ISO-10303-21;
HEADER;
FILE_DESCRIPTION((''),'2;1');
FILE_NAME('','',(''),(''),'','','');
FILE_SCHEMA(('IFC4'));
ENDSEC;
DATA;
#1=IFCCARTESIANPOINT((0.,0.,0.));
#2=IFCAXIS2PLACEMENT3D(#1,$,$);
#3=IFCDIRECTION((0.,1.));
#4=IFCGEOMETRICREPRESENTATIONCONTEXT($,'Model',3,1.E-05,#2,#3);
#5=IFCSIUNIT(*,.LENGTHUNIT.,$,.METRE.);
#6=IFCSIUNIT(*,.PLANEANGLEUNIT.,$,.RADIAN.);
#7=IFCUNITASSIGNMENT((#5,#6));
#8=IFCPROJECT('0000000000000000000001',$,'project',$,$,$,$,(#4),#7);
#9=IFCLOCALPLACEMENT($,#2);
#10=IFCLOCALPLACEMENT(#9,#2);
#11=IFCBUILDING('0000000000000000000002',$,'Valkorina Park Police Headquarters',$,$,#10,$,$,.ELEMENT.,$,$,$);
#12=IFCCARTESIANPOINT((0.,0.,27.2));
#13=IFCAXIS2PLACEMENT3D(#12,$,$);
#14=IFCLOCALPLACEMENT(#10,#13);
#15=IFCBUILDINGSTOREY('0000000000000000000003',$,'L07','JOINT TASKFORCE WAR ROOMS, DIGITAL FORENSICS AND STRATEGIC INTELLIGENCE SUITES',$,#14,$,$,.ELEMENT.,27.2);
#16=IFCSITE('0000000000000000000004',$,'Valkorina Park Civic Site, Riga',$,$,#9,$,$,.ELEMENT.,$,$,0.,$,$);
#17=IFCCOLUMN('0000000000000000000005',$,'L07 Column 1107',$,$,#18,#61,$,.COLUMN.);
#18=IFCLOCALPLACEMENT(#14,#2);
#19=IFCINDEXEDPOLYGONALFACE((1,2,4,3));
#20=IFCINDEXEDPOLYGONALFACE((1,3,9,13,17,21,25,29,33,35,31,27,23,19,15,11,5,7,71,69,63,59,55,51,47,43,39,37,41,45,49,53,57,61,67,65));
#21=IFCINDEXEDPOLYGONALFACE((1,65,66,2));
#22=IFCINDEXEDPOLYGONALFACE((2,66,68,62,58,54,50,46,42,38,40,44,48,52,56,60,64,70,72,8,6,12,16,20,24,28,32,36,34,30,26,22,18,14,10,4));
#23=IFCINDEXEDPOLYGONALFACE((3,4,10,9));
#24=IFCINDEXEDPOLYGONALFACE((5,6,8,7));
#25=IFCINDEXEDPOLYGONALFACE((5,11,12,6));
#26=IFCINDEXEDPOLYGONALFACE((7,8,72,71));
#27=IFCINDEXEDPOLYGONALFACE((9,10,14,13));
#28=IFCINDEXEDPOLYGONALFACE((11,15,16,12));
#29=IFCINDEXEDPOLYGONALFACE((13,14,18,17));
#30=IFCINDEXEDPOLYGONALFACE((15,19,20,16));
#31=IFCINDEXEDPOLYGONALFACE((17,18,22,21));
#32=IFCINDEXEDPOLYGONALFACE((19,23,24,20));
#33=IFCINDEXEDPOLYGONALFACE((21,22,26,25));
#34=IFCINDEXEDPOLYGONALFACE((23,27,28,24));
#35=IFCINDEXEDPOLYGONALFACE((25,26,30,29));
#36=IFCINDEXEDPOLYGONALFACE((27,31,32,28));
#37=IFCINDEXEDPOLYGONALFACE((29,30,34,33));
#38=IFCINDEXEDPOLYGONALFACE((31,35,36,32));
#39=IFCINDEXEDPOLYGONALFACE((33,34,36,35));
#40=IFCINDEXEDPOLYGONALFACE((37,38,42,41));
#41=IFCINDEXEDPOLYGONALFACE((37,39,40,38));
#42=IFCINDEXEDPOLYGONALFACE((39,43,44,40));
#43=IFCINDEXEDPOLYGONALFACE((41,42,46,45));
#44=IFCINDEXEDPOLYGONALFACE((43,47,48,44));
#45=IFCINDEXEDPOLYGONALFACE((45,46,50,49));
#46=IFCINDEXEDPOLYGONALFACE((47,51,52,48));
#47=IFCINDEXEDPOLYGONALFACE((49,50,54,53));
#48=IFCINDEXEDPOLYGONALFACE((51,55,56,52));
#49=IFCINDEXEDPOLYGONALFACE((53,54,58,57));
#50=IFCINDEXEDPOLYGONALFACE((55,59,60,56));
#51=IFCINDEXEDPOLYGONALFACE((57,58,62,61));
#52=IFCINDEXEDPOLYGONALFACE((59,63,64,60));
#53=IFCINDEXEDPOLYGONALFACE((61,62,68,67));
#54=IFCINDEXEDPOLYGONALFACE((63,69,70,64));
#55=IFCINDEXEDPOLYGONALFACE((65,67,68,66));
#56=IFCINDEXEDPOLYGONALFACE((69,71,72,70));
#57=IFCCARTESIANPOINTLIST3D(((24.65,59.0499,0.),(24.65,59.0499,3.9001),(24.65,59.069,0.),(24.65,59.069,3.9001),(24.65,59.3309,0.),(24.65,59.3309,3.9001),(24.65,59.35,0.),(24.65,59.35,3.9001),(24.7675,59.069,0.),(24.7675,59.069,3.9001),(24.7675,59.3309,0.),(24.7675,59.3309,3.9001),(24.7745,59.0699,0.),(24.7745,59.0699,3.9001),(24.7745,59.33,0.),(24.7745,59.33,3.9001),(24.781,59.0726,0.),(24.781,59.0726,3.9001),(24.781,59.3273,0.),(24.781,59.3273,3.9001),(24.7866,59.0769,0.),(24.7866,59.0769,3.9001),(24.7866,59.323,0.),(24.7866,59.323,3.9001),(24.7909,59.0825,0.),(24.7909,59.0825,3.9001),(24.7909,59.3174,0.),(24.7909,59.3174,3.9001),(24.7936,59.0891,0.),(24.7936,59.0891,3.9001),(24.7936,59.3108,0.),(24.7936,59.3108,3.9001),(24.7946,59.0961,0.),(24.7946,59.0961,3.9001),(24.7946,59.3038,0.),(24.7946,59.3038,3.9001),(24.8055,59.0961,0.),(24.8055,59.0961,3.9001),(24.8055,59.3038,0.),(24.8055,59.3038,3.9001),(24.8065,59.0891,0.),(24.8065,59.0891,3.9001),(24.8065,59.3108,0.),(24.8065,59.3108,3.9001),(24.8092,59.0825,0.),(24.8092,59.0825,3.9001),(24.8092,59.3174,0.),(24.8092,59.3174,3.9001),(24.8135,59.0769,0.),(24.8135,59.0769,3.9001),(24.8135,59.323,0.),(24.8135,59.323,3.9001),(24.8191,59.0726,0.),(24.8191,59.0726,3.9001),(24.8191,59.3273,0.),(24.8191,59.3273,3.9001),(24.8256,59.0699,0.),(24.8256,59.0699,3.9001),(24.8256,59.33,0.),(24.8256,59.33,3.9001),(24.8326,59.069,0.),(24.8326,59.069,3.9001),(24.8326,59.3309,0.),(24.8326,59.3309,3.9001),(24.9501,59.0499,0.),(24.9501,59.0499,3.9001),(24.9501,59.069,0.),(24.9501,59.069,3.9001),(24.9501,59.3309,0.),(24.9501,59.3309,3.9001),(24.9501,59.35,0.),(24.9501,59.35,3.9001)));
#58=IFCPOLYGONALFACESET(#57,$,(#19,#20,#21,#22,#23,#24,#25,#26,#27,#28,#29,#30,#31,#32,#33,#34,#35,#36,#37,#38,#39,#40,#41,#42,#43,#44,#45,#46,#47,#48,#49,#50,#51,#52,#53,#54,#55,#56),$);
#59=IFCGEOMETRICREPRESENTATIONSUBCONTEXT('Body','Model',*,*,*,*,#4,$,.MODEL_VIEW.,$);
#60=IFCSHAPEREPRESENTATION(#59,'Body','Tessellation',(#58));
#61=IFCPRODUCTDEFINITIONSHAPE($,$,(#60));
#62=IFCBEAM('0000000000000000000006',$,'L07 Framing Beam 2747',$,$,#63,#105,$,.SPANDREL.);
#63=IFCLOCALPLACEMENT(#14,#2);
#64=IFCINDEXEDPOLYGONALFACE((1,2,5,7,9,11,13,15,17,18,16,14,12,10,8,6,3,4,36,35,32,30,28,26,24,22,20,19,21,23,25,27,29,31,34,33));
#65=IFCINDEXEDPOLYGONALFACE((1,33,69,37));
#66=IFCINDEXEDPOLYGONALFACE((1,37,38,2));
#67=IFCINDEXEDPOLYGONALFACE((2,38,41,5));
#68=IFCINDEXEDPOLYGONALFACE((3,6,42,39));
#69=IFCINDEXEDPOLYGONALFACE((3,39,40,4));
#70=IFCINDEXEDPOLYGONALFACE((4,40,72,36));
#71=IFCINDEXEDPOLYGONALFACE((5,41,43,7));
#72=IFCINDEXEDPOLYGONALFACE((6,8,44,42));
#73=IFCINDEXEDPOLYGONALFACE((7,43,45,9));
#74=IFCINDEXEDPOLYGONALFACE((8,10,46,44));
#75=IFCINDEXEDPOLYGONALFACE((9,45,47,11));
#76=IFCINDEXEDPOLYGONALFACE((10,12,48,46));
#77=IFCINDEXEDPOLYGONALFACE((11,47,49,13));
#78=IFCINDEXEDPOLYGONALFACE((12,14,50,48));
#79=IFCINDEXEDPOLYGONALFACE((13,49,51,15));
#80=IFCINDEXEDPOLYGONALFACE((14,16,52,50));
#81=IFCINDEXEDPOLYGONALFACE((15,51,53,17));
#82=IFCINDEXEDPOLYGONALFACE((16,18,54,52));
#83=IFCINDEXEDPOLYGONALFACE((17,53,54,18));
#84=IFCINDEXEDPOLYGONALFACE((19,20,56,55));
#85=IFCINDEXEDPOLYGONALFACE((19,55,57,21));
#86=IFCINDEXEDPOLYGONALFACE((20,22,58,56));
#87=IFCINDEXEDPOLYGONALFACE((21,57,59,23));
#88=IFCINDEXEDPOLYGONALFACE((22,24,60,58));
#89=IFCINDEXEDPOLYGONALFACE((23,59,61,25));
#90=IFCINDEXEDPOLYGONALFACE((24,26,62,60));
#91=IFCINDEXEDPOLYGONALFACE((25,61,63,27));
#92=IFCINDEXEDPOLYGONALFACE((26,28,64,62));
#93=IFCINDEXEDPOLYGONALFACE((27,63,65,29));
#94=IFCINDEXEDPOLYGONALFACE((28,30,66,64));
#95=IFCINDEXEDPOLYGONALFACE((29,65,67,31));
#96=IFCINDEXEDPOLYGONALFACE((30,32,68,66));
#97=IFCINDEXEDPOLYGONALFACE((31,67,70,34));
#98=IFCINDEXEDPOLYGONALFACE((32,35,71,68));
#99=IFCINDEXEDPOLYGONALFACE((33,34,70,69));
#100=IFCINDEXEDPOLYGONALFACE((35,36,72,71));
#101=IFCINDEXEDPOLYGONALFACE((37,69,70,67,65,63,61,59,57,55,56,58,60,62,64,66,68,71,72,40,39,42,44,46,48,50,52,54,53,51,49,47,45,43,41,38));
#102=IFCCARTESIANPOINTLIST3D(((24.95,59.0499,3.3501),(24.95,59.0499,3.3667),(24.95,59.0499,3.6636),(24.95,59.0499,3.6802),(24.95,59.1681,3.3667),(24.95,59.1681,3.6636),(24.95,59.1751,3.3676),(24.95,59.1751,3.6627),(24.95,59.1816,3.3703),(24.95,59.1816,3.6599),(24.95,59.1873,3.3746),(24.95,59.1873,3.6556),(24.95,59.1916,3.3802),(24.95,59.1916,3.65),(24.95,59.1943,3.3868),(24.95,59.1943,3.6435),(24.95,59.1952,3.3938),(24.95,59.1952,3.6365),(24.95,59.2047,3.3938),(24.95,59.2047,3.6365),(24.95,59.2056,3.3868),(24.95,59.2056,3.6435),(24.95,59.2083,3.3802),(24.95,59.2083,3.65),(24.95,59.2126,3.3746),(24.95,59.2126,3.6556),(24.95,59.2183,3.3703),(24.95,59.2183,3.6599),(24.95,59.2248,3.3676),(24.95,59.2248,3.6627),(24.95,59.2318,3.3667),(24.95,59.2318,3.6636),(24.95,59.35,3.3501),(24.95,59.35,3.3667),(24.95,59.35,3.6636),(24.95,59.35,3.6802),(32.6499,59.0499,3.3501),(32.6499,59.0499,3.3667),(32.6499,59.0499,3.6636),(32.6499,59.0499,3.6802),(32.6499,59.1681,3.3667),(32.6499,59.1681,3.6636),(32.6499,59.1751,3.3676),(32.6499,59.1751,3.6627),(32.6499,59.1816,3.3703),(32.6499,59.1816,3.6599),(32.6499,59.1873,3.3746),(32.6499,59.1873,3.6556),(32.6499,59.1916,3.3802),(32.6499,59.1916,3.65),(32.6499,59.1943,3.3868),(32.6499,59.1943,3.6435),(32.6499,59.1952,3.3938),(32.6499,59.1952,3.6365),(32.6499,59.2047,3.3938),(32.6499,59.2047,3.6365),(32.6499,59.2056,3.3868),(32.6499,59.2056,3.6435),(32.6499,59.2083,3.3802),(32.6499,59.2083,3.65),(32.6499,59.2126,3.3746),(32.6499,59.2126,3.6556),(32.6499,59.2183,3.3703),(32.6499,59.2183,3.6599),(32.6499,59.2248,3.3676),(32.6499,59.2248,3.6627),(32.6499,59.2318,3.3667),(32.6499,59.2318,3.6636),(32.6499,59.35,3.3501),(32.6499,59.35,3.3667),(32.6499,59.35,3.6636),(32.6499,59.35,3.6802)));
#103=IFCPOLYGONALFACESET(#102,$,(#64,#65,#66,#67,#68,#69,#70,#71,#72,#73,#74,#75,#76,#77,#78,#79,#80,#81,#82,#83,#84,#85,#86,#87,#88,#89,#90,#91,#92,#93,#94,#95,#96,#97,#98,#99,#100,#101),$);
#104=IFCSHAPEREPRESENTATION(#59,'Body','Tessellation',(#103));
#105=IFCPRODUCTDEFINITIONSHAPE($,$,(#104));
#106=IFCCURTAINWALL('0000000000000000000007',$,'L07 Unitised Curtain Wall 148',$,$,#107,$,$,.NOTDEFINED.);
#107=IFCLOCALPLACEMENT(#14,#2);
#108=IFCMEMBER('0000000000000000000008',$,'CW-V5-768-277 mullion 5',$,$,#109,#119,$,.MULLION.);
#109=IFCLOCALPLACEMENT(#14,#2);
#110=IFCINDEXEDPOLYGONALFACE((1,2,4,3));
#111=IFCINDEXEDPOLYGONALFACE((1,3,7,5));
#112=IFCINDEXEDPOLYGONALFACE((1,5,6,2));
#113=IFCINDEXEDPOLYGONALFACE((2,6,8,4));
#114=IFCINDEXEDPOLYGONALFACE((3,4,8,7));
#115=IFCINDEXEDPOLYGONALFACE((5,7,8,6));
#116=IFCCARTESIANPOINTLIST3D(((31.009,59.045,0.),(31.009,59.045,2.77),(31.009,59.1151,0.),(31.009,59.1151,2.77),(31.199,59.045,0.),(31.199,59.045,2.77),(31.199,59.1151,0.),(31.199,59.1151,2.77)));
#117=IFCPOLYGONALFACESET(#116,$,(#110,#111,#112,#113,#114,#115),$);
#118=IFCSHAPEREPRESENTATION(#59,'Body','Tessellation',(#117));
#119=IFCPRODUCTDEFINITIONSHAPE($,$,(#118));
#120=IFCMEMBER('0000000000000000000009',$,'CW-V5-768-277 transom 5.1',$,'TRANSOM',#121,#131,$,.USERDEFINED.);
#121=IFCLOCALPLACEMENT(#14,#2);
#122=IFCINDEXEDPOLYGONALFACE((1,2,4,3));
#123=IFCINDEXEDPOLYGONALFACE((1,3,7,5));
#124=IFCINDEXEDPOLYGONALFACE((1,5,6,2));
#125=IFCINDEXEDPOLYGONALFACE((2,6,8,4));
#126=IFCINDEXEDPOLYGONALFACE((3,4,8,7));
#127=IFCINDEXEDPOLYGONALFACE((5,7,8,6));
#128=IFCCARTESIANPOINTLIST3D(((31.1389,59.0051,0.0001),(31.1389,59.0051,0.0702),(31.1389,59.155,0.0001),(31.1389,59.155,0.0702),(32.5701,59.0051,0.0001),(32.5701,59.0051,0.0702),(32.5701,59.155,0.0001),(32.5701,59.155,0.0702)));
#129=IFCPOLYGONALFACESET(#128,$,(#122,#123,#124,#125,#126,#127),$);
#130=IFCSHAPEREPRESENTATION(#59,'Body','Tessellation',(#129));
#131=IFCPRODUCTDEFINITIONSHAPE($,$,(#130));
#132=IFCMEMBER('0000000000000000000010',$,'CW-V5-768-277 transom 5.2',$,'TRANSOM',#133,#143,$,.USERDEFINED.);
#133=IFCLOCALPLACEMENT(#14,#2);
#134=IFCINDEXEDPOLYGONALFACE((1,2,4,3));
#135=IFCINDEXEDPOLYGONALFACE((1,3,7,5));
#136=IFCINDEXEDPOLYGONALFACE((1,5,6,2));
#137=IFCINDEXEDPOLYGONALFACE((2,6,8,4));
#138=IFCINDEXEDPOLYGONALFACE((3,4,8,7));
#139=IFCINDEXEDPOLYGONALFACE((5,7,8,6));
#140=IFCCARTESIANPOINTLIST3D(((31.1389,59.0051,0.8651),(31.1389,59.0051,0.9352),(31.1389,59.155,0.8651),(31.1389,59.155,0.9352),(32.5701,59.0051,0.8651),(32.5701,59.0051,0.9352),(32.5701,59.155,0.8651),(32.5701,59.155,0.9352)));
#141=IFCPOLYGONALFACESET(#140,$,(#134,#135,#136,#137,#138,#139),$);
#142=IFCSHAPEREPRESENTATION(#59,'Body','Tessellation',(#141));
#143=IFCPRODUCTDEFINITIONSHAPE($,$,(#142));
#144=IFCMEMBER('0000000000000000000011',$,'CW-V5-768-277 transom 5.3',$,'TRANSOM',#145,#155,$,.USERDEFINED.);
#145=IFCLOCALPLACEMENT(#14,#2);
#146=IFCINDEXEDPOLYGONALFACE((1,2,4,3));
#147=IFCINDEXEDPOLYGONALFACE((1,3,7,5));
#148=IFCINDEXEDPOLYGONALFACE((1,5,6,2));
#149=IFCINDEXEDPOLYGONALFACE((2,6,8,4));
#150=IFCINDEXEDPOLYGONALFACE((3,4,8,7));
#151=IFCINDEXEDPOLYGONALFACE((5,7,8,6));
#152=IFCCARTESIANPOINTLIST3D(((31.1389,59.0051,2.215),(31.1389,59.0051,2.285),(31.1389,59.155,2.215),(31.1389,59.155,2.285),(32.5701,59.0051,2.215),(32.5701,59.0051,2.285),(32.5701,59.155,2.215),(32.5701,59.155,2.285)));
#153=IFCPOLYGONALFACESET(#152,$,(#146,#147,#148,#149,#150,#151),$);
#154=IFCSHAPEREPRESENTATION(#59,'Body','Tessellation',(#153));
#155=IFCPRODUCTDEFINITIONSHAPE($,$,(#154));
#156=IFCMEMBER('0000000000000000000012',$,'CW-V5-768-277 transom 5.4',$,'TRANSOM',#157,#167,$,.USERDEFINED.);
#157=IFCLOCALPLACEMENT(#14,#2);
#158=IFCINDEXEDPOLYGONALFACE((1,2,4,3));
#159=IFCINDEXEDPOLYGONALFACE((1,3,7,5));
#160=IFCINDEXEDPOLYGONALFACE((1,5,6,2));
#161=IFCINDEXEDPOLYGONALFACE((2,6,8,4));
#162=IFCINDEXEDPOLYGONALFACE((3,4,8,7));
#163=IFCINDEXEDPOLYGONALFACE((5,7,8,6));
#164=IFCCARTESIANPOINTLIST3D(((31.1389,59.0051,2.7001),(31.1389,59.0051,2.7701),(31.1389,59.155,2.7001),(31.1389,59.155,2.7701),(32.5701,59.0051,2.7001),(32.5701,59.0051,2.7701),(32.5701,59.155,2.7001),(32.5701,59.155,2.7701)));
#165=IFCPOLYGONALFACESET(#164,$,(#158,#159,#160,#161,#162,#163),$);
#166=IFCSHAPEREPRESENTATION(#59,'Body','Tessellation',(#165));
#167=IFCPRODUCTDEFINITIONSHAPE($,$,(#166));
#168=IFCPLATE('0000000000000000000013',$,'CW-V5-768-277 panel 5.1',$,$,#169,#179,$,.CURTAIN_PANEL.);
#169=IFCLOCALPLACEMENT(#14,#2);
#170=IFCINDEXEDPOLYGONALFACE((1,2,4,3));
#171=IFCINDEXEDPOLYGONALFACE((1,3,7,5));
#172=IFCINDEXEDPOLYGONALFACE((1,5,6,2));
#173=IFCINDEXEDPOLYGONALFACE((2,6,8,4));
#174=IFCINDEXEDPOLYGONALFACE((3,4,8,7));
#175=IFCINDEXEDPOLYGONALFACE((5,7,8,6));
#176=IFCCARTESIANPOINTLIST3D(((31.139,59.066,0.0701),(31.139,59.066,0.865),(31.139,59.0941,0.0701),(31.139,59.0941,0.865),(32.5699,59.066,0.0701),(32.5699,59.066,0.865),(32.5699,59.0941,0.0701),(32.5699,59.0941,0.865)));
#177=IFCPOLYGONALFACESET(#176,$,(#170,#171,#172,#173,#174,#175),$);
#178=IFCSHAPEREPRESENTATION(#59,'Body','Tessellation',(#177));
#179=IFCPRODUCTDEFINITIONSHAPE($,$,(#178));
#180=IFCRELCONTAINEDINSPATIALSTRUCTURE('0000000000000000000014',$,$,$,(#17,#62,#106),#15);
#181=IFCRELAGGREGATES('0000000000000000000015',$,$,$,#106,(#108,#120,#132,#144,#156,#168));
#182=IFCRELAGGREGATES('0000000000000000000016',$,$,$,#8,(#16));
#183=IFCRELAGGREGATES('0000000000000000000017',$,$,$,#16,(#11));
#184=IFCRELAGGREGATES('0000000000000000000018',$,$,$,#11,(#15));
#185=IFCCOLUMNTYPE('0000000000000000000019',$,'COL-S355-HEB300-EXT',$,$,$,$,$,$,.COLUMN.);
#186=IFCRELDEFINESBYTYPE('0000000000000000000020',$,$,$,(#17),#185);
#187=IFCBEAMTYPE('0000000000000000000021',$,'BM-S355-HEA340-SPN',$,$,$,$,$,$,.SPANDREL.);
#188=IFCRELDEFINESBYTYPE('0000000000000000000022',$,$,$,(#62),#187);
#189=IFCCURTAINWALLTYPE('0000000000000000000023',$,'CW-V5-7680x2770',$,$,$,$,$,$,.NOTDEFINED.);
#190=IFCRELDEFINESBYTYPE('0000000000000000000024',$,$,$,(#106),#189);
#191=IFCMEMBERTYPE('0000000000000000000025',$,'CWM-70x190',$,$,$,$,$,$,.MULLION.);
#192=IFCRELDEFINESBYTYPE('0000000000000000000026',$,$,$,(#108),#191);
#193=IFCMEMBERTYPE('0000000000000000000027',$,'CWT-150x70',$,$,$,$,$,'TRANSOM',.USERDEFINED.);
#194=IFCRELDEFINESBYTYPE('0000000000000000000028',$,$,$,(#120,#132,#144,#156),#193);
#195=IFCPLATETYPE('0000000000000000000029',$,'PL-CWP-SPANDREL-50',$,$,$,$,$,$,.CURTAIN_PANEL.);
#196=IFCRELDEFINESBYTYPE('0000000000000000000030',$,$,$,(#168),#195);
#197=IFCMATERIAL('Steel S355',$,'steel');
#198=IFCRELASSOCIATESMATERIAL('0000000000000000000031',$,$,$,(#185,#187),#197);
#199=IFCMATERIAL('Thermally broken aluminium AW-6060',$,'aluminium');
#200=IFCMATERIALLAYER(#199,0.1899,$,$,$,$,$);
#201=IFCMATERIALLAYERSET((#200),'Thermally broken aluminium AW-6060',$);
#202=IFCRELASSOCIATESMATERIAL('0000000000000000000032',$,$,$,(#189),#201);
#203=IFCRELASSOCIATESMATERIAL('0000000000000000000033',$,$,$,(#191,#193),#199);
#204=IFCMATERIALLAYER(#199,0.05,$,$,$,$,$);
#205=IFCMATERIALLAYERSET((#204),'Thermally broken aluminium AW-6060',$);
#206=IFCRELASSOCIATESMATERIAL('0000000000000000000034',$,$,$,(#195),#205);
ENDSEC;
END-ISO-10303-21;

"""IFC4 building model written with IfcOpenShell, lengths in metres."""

from ifc_helpers import new_model, si_unit, direction, frame, origin, origin_2d, place, context, subcontext, project, spatial, rectangle, i_section, extrude, material, layer, layer_set, material_profile, profile_set, type_object, element, aggregate, save


model = new_model("IFC4")

# Units and contexts
model_context = context("Model", 3, precision=1e-05, world=origin(), true_north=direction((0.0, 1.0)))
body_context = subcontext(model_context, "Body", "Model", "MODEL_VIEW")
ifc_project = project(units=[si_unit("LENGTHUNIT", "METRE"), si_unit("PLANEANGLEUNIT", "RADIAN")], contexts=[model_context])

# Site, building, storey
site_placement = place(None, origin())
site = spatial("IfcSite", under=ifc_project, at=site_placement, Name="Valkorina Park Civic Site, Riga", CompositionType="ELEMENT", RefElevation=0.0)
building_placement = place(site_placement, origin())
building = spatial("IfcBuilding", under=site, at=building_placement, Name="Valkorina Park Police Headquarters", CompositionType="ELEMENT")
storey_placement = place(building_placement, frame((0.0, 0.0, 27.2)))
storey = spatial("IfcBuildingStorey", under=building, at=storey_placement, Name="L07", Description="JOINT TASKFORCE WAR ROOMS, DIGITAL FORENSICS AND STRATEGIC INTELLIGENCE SUITES", CompositionType="ELEMENT", Elevation=27.2)

# Column
ifc_material_1 = material(Name="Steel S355", Category="steel")
ifc_material_profile_1 = material_profile(ifc_material_1, i_section(OverallWidth=0.3, OverallDepth=0.3, WebThickness=0.011, FlangeThickness=0.019, FilletRadius=0.0271, at=origin_2d()), Name="HEB 300")
ifc_profile_set_1 = profile_set([ifc_material_profile_1], Name="Steel S355")
column_type = type_object("IfcColumnType", Name="COL-S355-HEB300-EXT", PredefinedType="COLUMN", material=ifc_profile_set_1)
column_placement = place(storey_placement, frame((24.8, 59.2, 0.0), z_axis=(0.0, 0.0, 1.0), x_axis=(1.0, 0.0, 0.0)))
element("IfcColumn", 1, at=column_placement, inside=storey, type_object=column_type, Name="L07 Column 1107", PredefinedType="COLUMN", context=body_context, shape_type="SweptSolid", body=[
    extrude(i_section(OverallWidth=0.3, OverallDepth=0.3, WebThickness=0.011, FlangeThickness=0.019, FilletRadius=0.0271, at=origin_2d()), origin(), (0.0, 0.0, 1.0), 3.9001),
])

# Beam
ifc_material_profile_2 = material_profile(ifc_material_1, i_section(OverallWidth=0.3, OverallDepth=0.3301, WebThickness=0.0095, FlangeThickness=0.0166, FilletRadius=0.0271, at=origin_2d()), Name="HEA 340")
ifc_profile_set_2 = profile_set([ifc_material_profile_2], Name="Steel S355")
beam_type = type_object("IfcBeamType", Name="BM-S355-HEA340-SPN", PredefinedType="SPANDREL", material=ifc_profile_set_2)
beam_placement = place(storey_placement, frame((24.95, 59.2, 3.5151), z_axis=(1.0, 0.0, 0.0), x_axis=(0.0, 1.0, 0.0)))
element("IfcBeam", 2, at=beam_placement, inside=storey, type_object=beam_type, Name="L07 Framing Beam 2747", PredefinedType="SPANDREL", context=body_context, shape_type="SweptSolid", body=[
    extrude(i_section(OverallWidth=0.3, OverallDepth=0.3301, WebThickness=0.0095, FlangeThickness=0.0166, FilletRadius=0.0271, at=origin_2d()), origin(), (0.0, 0.0, 1.0), 7.7),
])

# Curtain wall, members, plate
ifc_material_2 = material(Name="Thermally broken aluminium AW-6060", Category="aluminium")
ifc_layer_1 = layer(ifc_material_2, 0.1899)
ifc_layer_set_1 = layer_set([ifc_layer_1], Name="Thermally broken aluminium AW-6060")
curtain_wall_type = type_object("IfcCurtainWallType", Name="CW-V5-7680x2770", PredefinedType="NOTDEFINED", material=ifc_layer_set_1)
curtain_wall_placement = place(storey_placement, origin())
curtain_wall = element("IfcCurtainWall", 3, at=curtain_wall_placement, inside=storey, type_object=curtain_wall_type, Name="L07 Unitised Curtain Wall 148", PredefinedType="NOTDEFINED")
ifc_material_profile_3 = material_profile(ifc_material_2, rectangle(XDim=0.0701, YDim=0.1899, at=origin_2d()), Name="CWM-02 70x190")
ifc_profile_set_3 = profile_set([ifc_material_profile_3], Name="Thermally broken aluminium AW-6060")
member_type_1 = type_object("IfcMemberType", Name="CWM-70x190", PredefinedType="MULLION", material=ifc_profile_set_3)
member_1_placement = place(storey_placement, frame((31.104, 59.0801, 0.0), z_axis=(0.0, 0.0, 1.0), x_axis=(0.0, 1.0, 0.0)))
member_1 = element("IfcMember", 4, at=member_1_placement, type_object=member_type_1, Name="CW-V5-768-277 mullion 5", PredefinedType="MULLION", context=body_context, shape_type="SweptSolid", body=[
    extrude(rectangle(XDim=0.0701, YDim=0.1899, at=origin_2d()), origin(), (0.0, 0.0, 1.0), 2.77),
])
ifc_material_profile_4 = material_profile(ifc_material_2, rectangle(XDim=0.1499, YDim=0.0701, at=origin_2d()), Name="CWT-02 150x70")
ifc_profile_set_4 = profile_set([ifc_material_profile_4], Name="Thermally broken aluminium AW-6060")
member_type_2 = type_object("IfcMemberType", Name="CWT-150x70", ElementType="TRANSOM", PredefinedType="USERDEFINED", material=ifc_profile_set_4)
member_2_placement = place(storey_placement, frame((31.1389, 59.0801, 0.0352), z_axis=(1.0, 0.0, 0.0), x_axis=(0.0, 1.0, 0.0)))
member_2 = element("IfcMember", 5, at=member_2_placement, type_object=member_type_2, Name="CW-V5-768-277 transom 5.1", ObjectType="TRANSOM", PredefinedType="USERDEFINED", context=body_context, shape_type="SweptSolid", body=[
    extrude(rectangle(XDim=0.1499, YDim=0.0701, at=origin_2d()), origin(), (0.0, 0.0, 1.0), 1.4312),
])
member_3_placement = place(storey_placement, frame((31.1389, 59.0801, 0.9001), z_axis=(1.0, 0.0, 0.0), x_axis=(0.0, 1.0, 0.0)))
member_3 = element("IfcMember", 6, at=member_3_placement, type_object=member_type_2, Name="CW-V5-768-277 transom 5.2", ObjectType="TRANSOM", PredefinedType="USERDEFINED", context=body_context, shape_type="SweptSolid", body=[
    extrude(rectangle(XDim=0.1499, YDim=0.0701, at=origin_2d()), origin(), (0.0, 0.0, 1.0), 1.4312),
])
member_4_placement = place(storey_placement, frame((31.1389, 59.0801, 2.25), z_axis=(1.0, 0.0, 0.0), x_axis=(0.0, 1.0, 0.0)))
member_4 = element("IfcMember", 7, at=member_4_placement, type_object=member_type_2, Name="CW-V5-768-277 transom 5.3", ObjectType="TRANSOM", PredefinedType="USERDEFINED", context=body_context, shape_type="SweptSolid", body=[
    extrude(rectangle(XDim=0.1499, YDim=0.0701, at=origin_2d()), origin(), (0.0, 0.0, 1.0), 1.4312),
])
member_5_placement = place(storey_placement, frame((31.1389, 59.0801, 2.7351), z_axis=(1.0, 0.0, 0.0), x_axis=(0.0, 1.0, 0.0)))
member_5 = element("IfcMember", 8, at=member_5_placement, type_object=member_type_2, Name="CW-V5-768-277 transom 5.4", ObjectType="TRANSOM", PredefinedType="USERDEFINED", context=body_context, shape_type="SweptSolid", body=[
    extrude(rectangle(XDim=0.1499, YDim=0.0701, at=origin_2d()), origin(), (0.0, 0.0, 1.0), 1.4312),
])
ifc_layer_2 = layer(ifc_material_2, 0.05)
ifc_layer_set_2 = layer_set([ifc_layer_2], Name="Thermally broken aluminium AW-6060")
plate_type = type_object("IfcPlateType", Name="PL-CWP-SPANDREL-50", PredefinedType="CURTAIN_PANEL", material=ifc_layer_set_2)
plate_placement = place(storey_placement, frame((31.8545, 59.0801, 0.0701), z_axis=(0.0, 0.0, 1.0), x_axis=(1.0, 0.0, 0.0)))
plate = element("IfcPlate", 9, at=plate_placement, type_object=plate_type, Name="CW-V5-768-277 panel 5.1", PredefinedType="CURTAIN_PANEL", context=body_context, shape_type="SweptSolid", body=[
    extrude(rectangle(XDim=1.4309, YDim=0.0281, at=origin_2d()), origin(), (0.0, 0.0, 1.0), 0.7949),
])
aggregate(curtain_wall, [member_1, member_2, member_3, member_4, member_5, plate])

save(model, "model.ifc")
